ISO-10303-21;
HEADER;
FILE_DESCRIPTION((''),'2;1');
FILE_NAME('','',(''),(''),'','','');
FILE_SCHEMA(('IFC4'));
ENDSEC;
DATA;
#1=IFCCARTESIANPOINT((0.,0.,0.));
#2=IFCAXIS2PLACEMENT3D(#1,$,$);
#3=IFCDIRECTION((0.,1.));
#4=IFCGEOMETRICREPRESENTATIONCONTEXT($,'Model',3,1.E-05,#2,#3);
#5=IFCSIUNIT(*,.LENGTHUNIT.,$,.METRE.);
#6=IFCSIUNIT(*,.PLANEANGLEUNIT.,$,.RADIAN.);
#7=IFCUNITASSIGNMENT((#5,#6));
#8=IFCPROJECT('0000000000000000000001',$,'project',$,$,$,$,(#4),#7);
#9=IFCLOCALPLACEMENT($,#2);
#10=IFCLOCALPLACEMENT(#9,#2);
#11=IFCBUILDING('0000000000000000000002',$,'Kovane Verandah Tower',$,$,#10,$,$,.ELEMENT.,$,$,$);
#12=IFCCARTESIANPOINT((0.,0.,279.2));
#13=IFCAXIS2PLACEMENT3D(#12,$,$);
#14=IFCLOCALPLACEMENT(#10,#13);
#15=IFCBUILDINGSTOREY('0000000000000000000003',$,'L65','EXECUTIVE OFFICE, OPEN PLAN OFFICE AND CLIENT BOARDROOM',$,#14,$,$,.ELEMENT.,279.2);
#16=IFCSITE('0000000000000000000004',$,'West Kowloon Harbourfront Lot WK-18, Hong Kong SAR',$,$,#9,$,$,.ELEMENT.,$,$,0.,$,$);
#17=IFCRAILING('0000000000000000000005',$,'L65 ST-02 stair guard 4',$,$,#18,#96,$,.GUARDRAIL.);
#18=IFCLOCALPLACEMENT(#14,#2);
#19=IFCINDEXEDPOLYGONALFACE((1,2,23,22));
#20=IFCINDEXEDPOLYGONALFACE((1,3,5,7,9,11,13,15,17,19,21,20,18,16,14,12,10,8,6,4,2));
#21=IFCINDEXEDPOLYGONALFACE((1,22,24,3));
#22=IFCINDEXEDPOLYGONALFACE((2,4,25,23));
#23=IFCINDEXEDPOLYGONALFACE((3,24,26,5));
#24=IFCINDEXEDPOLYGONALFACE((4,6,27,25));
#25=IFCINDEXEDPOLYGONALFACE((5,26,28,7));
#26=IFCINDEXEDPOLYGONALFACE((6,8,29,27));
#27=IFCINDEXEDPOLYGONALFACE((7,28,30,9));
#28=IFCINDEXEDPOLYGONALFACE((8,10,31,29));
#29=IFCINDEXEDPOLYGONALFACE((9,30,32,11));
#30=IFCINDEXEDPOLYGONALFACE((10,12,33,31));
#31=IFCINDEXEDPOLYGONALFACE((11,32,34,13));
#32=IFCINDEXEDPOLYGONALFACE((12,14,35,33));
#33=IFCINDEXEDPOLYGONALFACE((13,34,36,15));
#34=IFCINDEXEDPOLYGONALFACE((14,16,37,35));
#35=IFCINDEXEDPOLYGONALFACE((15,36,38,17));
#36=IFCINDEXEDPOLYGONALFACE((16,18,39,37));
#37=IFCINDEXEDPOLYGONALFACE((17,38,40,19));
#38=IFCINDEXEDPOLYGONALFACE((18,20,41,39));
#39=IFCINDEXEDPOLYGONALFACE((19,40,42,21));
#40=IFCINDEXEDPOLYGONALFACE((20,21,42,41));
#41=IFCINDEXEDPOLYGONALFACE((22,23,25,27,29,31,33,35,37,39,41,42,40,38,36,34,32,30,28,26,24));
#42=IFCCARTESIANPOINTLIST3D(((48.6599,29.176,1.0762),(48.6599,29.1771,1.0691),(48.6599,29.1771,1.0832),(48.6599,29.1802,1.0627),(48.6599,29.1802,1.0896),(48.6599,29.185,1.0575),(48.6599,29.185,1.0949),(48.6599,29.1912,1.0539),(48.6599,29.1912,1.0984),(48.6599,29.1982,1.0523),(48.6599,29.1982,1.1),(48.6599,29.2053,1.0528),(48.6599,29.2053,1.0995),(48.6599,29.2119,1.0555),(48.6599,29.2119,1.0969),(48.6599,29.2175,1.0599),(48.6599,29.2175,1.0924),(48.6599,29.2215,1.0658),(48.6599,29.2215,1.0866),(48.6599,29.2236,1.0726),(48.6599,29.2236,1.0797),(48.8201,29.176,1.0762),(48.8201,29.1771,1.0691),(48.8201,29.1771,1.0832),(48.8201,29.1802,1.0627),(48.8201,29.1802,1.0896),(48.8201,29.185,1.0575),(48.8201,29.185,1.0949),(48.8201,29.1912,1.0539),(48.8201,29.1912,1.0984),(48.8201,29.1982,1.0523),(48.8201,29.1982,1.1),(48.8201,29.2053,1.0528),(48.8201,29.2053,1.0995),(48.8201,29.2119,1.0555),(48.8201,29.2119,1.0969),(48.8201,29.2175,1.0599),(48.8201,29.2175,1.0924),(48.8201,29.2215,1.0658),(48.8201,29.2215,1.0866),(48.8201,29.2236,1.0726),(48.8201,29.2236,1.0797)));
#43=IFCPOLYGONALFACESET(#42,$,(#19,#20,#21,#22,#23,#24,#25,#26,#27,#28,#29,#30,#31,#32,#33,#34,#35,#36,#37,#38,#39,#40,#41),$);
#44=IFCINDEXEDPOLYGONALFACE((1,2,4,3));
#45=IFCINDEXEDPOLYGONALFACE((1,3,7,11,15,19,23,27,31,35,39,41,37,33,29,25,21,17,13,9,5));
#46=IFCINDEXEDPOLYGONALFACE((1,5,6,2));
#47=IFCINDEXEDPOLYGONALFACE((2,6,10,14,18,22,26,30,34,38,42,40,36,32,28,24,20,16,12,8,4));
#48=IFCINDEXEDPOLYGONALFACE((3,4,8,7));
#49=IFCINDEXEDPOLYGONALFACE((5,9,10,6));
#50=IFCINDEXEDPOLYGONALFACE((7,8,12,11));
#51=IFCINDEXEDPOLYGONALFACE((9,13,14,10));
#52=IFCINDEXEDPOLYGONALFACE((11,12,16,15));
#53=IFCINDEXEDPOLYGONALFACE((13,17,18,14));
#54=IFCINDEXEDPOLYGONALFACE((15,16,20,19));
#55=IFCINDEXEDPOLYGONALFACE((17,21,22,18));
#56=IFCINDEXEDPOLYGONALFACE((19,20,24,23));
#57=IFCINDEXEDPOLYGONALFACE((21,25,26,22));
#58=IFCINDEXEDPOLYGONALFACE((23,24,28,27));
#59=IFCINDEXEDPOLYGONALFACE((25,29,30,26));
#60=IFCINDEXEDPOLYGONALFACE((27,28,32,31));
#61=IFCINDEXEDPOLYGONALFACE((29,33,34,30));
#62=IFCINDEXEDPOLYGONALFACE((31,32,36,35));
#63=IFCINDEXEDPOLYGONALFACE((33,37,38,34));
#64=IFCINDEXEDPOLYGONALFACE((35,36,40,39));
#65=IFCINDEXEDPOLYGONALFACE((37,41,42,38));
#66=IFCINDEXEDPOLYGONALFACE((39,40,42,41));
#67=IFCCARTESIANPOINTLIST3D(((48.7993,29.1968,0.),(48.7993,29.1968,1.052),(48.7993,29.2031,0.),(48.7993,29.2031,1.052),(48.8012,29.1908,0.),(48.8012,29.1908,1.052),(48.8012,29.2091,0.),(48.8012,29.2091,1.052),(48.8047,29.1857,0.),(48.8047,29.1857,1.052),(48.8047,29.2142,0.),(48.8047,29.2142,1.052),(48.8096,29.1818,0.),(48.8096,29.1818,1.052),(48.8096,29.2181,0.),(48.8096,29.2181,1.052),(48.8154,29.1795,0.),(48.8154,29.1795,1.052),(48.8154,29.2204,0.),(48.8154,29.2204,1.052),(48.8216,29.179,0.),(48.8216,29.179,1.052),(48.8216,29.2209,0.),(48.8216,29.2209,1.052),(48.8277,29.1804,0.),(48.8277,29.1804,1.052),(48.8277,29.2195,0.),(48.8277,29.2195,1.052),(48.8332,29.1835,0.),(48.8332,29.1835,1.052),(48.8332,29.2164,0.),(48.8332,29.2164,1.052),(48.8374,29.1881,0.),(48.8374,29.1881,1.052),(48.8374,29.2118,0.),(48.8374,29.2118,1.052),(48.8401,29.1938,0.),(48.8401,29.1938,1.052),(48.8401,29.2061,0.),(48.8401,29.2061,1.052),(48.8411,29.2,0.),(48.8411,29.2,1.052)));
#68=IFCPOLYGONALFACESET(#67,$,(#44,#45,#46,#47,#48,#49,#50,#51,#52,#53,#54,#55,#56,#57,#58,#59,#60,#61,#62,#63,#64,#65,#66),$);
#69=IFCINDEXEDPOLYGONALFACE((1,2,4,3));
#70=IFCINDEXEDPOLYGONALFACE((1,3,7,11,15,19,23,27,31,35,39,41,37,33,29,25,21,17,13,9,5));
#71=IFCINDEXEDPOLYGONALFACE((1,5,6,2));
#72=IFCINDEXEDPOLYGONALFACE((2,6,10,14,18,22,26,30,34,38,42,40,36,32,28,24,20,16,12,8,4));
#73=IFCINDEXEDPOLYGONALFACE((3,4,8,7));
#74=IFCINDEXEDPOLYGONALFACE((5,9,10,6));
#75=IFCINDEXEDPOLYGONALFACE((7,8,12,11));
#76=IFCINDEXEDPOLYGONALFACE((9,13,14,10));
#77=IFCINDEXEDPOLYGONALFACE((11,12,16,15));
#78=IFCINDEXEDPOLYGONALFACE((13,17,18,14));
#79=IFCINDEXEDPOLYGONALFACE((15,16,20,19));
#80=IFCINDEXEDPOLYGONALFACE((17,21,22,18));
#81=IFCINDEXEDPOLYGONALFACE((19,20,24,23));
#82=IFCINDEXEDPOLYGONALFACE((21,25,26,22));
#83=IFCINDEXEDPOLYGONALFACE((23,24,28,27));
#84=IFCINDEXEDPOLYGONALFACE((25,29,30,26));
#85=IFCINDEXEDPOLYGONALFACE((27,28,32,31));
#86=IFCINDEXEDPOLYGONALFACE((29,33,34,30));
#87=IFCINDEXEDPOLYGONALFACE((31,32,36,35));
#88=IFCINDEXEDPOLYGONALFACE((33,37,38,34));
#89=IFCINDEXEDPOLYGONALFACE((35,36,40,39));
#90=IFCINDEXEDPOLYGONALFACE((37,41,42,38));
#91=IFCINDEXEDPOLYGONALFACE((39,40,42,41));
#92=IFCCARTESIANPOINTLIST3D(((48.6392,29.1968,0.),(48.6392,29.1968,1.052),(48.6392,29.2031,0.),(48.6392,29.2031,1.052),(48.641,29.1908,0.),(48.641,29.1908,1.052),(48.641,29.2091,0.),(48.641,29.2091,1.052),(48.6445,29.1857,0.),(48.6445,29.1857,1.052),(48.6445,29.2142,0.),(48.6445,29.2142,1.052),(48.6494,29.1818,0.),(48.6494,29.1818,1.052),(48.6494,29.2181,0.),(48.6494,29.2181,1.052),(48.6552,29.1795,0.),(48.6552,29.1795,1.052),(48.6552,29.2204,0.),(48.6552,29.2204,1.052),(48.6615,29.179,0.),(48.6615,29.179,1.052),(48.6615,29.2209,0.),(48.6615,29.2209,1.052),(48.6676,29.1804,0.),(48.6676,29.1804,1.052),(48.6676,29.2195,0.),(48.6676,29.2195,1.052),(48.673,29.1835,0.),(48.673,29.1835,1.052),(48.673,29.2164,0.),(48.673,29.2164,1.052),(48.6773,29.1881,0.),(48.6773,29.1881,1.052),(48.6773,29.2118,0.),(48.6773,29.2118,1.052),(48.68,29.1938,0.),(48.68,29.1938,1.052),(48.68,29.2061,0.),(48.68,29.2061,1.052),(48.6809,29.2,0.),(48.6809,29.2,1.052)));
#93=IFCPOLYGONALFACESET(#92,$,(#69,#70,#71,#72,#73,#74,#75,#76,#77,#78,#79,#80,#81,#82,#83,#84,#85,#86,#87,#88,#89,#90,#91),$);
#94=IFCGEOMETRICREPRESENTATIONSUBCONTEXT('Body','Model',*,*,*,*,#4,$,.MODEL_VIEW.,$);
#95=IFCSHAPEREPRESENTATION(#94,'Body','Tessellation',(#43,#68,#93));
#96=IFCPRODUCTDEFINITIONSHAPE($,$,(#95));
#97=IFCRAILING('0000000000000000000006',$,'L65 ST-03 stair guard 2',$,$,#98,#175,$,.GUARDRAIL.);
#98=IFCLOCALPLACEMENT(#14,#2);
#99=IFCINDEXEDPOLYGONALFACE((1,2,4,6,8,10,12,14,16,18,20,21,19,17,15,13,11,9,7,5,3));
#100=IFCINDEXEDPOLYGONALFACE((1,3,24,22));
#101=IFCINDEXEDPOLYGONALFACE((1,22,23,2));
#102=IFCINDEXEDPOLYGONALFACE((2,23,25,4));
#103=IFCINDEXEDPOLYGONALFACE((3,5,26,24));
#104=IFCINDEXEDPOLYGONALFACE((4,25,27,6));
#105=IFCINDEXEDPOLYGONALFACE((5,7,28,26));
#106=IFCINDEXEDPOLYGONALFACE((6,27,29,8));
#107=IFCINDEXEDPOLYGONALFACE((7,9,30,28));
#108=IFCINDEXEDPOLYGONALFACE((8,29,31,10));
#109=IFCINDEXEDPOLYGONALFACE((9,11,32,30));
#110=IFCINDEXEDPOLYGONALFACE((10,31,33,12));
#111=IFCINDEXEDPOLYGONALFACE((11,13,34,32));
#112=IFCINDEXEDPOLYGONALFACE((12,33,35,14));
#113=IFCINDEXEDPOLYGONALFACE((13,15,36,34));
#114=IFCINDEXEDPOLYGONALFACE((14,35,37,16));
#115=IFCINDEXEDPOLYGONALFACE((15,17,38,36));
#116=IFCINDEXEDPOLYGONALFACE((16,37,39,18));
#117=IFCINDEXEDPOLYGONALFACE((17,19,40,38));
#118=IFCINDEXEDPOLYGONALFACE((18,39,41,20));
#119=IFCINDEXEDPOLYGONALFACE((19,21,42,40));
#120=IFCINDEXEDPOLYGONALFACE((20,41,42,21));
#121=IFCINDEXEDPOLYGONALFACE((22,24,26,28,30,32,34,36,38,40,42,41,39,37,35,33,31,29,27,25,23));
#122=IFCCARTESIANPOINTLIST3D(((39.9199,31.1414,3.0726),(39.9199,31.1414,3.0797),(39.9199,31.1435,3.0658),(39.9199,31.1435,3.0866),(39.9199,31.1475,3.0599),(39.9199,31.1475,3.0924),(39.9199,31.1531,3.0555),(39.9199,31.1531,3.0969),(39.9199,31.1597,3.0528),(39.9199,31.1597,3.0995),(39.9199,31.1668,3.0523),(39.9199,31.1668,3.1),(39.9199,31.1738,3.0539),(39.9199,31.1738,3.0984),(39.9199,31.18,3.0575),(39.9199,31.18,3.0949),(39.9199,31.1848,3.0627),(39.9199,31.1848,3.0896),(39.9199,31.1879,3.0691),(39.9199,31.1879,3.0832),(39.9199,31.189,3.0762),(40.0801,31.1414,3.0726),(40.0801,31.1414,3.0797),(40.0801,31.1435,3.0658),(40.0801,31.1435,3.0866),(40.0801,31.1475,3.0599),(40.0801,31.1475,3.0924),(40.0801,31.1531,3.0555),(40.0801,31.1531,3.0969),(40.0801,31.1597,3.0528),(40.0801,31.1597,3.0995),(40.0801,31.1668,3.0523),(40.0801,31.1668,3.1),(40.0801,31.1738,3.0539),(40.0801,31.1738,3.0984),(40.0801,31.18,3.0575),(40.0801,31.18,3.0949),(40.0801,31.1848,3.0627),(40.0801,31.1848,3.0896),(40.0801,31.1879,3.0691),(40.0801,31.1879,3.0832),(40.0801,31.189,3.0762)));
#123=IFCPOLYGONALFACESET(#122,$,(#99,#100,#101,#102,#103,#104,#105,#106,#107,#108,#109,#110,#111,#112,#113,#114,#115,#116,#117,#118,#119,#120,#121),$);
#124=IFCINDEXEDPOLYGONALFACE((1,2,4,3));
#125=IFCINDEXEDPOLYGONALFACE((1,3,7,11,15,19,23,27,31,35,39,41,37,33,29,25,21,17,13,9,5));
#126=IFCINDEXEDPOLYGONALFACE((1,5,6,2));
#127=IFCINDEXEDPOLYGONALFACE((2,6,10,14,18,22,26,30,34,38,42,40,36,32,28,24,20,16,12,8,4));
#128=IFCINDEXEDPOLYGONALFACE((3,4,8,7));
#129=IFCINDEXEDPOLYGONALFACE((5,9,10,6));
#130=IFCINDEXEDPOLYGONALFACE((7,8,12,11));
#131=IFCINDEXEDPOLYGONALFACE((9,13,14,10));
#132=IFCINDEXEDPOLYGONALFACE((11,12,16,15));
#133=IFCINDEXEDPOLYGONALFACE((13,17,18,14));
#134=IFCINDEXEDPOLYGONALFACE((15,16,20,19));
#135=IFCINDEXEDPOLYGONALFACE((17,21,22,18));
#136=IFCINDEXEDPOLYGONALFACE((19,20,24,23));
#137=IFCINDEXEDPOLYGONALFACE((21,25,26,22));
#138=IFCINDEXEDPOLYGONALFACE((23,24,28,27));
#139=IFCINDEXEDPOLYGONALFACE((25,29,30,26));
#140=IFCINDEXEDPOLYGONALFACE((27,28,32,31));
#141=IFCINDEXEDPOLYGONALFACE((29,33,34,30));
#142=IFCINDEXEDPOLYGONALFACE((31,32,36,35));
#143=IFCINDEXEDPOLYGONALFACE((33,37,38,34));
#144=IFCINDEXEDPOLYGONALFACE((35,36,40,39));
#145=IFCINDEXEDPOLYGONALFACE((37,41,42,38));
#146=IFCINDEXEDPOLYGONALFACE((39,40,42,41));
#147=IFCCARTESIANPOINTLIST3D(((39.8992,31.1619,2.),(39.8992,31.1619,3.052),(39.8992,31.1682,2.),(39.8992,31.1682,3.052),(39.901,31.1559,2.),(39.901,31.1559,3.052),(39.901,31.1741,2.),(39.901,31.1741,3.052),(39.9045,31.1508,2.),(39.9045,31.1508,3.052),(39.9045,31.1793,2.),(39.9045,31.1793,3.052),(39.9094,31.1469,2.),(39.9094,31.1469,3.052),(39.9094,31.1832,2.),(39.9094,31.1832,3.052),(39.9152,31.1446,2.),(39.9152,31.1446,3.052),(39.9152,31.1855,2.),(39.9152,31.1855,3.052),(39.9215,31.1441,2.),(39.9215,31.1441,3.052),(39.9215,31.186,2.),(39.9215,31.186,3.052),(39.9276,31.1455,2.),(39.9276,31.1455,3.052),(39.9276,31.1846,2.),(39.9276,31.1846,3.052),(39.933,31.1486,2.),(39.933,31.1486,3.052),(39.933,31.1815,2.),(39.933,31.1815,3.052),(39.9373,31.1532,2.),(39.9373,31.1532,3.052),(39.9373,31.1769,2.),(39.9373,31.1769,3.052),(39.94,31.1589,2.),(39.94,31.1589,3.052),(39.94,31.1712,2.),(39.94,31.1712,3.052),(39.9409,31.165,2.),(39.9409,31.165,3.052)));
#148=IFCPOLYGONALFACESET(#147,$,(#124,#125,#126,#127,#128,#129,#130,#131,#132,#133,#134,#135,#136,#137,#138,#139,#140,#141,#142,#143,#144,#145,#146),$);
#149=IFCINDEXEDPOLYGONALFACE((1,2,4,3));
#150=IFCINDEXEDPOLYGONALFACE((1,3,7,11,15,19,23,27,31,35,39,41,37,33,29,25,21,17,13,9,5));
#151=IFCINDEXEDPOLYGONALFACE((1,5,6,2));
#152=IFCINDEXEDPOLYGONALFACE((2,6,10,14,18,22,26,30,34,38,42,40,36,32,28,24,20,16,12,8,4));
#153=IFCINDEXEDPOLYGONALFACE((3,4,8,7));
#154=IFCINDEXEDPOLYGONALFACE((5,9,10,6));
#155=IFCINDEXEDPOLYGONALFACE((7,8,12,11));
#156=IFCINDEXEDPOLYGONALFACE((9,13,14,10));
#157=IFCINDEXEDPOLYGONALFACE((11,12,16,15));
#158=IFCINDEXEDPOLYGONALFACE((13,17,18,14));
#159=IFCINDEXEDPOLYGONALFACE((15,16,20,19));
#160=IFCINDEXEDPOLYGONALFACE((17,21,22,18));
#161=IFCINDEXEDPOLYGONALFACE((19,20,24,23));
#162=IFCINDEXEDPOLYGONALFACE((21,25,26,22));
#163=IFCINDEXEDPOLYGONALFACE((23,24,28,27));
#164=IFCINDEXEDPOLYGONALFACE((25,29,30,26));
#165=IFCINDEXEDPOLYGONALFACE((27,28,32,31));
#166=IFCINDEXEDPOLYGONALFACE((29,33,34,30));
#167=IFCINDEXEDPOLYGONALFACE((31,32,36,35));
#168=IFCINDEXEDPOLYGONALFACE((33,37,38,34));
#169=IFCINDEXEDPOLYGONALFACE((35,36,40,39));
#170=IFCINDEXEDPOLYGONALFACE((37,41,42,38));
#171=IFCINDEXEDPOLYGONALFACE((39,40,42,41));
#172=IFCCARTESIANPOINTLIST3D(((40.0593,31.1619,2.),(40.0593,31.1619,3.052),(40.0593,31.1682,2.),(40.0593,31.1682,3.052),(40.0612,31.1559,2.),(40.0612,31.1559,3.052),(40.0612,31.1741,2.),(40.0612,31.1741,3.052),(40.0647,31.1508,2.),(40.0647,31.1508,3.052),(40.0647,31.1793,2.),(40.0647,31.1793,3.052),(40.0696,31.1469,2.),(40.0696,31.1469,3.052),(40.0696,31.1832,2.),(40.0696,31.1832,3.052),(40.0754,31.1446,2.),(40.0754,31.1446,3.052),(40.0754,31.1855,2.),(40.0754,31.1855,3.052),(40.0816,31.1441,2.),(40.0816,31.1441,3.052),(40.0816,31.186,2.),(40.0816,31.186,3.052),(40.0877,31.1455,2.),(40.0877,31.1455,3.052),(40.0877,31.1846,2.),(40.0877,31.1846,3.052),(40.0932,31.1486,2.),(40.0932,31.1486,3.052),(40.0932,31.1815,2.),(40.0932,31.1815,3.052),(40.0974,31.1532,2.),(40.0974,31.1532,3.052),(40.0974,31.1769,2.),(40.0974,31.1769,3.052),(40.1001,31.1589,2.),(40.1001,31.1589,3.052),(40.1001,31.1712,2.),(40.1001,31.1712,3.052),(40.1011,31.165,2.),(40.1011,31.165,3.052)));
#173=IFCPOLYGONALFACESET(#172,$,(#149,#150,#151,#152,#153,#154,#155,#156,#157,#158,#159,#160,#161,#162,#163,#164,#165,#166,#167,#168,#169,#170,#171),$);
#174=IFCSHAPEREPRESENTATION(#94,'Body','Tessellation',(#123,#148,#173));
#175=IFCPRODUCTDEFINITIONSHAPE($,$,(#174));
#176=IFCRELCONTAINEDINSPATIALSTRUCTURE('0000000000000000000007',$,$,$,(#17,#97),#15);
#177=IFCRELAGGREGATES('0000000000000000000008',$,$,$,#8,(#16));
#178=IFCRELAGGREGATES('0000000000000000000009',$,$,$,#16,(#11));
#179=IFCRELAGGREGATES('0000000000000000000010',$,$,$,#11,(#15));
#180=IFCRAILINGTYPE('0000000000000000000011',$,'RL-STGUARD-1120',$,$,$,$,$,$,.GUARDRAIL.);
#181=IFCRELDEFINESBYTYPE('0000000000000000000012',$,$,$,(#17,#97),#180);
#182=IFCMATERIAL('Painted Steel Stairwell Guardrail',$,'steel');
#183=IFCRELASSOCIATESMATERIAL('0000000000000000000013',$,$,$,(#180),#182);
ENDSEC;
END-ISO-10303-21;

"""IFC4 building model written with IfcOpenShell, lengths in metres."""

from ifc_helpers import new_model, si_unit, direction, frame, origin, origin_2d, place, context, subcontext, project, spatial, circle, extrude, material, type_object, element, save


model = new_model("IFC4")

# Units and contexts
model_context = context("Model", 3, precision=1e-05, world=origin(), true_north=direction((0.0, 1.0)))
body_context = subcontext(model_context, "Body", "Model", "MODEL_VIEW")
ifc_project = project(units=[si_unit("LENGTHUNIT", "METRE"), si_unit("PLANEANGLEUNIT", "RADIAN")], contexts=[model_context])

# Site, building, storey
site_placement = place(None, origin())
site = spatial("IfcSite", under=ifc_project, at=site_placement, Name="West Kowloon Harbourfront Lot WK-18, Hong Kong SAR", CompositionType="ELEMENT", RefElevation=0.0)
building_placement = place(site_placement, origin())
building = spatial("IfcBuilding", under=site, at=building_placement, Name="Kovane Verandah Tower", CompositionType="ELEMENT")
storey_placement = place(building_placement, frame((0.0, 0.0, 279.2)))
storey = spatial("IfcBuildingStorey", under=building, at=storey_placement, Name="L65", Description="EXECUTIVE OFFICE, OPEN PLAN OFFICE AND CLIENT BOARDROOM", CompositionType="ELEMENT", Elevation=279.2)

# Railings
ifc_material_1 = material(Name="Painted Steel Stairwell Guardrail", Category="steel")
railing_type_1 = type_object("IfcRailingType", Name="RL-STGUARD-1120", PredefinedType="GUARDRAIL", material=ifc_material_1)
railing_1_placement = place(storey_placement, frame((48.8201, 29.2, 0.0)))
element("IfcRailing", 1, at=railing_1_placement, inside=storey, type_object=railing_type_1, Name="L65 ST-02 stair guard 4", PredefinedType="GUARDRAIL", context=body_context, shape_type="SweptSolid", body=[
    extrude(circle(Radius=0.0239, at=origin_2d()), frame((0.0, 0.0, 1.0762), z_axis=(-1.0, 0.0, 0.0), x_axis=(0.0, -1.0, 0.0)), (0.0, 0.0, 1.0), 0.1602),
    extrude(circle(Radius=0.021, at=origin_2d()), origin(), (0.0, 0.0, 1.0), 1.052),
    extrude(circle(Radius=0.021, at=origin_2d()), frame((-0.1602, 0.0, 0.0)), (0.0, 0.0, 1.0), 1.052),
])
railing_2_placement = place(storey_placement, frame((39.9199, 31.165, 2.0)))
element("IfcRailing", 2, at=railing_2_placement, inside=storey, type_object=railing_type_1, Name="L65 ST-03 stair guard 2", PredefinedType="GUARDRAIL", context=body_context, shape_type="SweptSolid", body=[
    extrude(circle(Radius=0.0239, at=origin_2d()), frame((0.0, 0.0, 1.0762), z_axis=(1.0, 0.0, 0.0), x_axis=(0.0, 1.0, 0.0)), (0.0, 0.0, 1.0), 0.1602),
    extrude(circle(Radius=0.021, at=origin_2d()), origin(), (0.0, 0.0, 1.0), 1.052),
    extrude(circle(Radius=0.021, at=origin_2d()), frame((0.1602, 0.0, 0.0)), (0.0, 0.0, 1.0), 1.052),
])

save(model, "model.ifc")
